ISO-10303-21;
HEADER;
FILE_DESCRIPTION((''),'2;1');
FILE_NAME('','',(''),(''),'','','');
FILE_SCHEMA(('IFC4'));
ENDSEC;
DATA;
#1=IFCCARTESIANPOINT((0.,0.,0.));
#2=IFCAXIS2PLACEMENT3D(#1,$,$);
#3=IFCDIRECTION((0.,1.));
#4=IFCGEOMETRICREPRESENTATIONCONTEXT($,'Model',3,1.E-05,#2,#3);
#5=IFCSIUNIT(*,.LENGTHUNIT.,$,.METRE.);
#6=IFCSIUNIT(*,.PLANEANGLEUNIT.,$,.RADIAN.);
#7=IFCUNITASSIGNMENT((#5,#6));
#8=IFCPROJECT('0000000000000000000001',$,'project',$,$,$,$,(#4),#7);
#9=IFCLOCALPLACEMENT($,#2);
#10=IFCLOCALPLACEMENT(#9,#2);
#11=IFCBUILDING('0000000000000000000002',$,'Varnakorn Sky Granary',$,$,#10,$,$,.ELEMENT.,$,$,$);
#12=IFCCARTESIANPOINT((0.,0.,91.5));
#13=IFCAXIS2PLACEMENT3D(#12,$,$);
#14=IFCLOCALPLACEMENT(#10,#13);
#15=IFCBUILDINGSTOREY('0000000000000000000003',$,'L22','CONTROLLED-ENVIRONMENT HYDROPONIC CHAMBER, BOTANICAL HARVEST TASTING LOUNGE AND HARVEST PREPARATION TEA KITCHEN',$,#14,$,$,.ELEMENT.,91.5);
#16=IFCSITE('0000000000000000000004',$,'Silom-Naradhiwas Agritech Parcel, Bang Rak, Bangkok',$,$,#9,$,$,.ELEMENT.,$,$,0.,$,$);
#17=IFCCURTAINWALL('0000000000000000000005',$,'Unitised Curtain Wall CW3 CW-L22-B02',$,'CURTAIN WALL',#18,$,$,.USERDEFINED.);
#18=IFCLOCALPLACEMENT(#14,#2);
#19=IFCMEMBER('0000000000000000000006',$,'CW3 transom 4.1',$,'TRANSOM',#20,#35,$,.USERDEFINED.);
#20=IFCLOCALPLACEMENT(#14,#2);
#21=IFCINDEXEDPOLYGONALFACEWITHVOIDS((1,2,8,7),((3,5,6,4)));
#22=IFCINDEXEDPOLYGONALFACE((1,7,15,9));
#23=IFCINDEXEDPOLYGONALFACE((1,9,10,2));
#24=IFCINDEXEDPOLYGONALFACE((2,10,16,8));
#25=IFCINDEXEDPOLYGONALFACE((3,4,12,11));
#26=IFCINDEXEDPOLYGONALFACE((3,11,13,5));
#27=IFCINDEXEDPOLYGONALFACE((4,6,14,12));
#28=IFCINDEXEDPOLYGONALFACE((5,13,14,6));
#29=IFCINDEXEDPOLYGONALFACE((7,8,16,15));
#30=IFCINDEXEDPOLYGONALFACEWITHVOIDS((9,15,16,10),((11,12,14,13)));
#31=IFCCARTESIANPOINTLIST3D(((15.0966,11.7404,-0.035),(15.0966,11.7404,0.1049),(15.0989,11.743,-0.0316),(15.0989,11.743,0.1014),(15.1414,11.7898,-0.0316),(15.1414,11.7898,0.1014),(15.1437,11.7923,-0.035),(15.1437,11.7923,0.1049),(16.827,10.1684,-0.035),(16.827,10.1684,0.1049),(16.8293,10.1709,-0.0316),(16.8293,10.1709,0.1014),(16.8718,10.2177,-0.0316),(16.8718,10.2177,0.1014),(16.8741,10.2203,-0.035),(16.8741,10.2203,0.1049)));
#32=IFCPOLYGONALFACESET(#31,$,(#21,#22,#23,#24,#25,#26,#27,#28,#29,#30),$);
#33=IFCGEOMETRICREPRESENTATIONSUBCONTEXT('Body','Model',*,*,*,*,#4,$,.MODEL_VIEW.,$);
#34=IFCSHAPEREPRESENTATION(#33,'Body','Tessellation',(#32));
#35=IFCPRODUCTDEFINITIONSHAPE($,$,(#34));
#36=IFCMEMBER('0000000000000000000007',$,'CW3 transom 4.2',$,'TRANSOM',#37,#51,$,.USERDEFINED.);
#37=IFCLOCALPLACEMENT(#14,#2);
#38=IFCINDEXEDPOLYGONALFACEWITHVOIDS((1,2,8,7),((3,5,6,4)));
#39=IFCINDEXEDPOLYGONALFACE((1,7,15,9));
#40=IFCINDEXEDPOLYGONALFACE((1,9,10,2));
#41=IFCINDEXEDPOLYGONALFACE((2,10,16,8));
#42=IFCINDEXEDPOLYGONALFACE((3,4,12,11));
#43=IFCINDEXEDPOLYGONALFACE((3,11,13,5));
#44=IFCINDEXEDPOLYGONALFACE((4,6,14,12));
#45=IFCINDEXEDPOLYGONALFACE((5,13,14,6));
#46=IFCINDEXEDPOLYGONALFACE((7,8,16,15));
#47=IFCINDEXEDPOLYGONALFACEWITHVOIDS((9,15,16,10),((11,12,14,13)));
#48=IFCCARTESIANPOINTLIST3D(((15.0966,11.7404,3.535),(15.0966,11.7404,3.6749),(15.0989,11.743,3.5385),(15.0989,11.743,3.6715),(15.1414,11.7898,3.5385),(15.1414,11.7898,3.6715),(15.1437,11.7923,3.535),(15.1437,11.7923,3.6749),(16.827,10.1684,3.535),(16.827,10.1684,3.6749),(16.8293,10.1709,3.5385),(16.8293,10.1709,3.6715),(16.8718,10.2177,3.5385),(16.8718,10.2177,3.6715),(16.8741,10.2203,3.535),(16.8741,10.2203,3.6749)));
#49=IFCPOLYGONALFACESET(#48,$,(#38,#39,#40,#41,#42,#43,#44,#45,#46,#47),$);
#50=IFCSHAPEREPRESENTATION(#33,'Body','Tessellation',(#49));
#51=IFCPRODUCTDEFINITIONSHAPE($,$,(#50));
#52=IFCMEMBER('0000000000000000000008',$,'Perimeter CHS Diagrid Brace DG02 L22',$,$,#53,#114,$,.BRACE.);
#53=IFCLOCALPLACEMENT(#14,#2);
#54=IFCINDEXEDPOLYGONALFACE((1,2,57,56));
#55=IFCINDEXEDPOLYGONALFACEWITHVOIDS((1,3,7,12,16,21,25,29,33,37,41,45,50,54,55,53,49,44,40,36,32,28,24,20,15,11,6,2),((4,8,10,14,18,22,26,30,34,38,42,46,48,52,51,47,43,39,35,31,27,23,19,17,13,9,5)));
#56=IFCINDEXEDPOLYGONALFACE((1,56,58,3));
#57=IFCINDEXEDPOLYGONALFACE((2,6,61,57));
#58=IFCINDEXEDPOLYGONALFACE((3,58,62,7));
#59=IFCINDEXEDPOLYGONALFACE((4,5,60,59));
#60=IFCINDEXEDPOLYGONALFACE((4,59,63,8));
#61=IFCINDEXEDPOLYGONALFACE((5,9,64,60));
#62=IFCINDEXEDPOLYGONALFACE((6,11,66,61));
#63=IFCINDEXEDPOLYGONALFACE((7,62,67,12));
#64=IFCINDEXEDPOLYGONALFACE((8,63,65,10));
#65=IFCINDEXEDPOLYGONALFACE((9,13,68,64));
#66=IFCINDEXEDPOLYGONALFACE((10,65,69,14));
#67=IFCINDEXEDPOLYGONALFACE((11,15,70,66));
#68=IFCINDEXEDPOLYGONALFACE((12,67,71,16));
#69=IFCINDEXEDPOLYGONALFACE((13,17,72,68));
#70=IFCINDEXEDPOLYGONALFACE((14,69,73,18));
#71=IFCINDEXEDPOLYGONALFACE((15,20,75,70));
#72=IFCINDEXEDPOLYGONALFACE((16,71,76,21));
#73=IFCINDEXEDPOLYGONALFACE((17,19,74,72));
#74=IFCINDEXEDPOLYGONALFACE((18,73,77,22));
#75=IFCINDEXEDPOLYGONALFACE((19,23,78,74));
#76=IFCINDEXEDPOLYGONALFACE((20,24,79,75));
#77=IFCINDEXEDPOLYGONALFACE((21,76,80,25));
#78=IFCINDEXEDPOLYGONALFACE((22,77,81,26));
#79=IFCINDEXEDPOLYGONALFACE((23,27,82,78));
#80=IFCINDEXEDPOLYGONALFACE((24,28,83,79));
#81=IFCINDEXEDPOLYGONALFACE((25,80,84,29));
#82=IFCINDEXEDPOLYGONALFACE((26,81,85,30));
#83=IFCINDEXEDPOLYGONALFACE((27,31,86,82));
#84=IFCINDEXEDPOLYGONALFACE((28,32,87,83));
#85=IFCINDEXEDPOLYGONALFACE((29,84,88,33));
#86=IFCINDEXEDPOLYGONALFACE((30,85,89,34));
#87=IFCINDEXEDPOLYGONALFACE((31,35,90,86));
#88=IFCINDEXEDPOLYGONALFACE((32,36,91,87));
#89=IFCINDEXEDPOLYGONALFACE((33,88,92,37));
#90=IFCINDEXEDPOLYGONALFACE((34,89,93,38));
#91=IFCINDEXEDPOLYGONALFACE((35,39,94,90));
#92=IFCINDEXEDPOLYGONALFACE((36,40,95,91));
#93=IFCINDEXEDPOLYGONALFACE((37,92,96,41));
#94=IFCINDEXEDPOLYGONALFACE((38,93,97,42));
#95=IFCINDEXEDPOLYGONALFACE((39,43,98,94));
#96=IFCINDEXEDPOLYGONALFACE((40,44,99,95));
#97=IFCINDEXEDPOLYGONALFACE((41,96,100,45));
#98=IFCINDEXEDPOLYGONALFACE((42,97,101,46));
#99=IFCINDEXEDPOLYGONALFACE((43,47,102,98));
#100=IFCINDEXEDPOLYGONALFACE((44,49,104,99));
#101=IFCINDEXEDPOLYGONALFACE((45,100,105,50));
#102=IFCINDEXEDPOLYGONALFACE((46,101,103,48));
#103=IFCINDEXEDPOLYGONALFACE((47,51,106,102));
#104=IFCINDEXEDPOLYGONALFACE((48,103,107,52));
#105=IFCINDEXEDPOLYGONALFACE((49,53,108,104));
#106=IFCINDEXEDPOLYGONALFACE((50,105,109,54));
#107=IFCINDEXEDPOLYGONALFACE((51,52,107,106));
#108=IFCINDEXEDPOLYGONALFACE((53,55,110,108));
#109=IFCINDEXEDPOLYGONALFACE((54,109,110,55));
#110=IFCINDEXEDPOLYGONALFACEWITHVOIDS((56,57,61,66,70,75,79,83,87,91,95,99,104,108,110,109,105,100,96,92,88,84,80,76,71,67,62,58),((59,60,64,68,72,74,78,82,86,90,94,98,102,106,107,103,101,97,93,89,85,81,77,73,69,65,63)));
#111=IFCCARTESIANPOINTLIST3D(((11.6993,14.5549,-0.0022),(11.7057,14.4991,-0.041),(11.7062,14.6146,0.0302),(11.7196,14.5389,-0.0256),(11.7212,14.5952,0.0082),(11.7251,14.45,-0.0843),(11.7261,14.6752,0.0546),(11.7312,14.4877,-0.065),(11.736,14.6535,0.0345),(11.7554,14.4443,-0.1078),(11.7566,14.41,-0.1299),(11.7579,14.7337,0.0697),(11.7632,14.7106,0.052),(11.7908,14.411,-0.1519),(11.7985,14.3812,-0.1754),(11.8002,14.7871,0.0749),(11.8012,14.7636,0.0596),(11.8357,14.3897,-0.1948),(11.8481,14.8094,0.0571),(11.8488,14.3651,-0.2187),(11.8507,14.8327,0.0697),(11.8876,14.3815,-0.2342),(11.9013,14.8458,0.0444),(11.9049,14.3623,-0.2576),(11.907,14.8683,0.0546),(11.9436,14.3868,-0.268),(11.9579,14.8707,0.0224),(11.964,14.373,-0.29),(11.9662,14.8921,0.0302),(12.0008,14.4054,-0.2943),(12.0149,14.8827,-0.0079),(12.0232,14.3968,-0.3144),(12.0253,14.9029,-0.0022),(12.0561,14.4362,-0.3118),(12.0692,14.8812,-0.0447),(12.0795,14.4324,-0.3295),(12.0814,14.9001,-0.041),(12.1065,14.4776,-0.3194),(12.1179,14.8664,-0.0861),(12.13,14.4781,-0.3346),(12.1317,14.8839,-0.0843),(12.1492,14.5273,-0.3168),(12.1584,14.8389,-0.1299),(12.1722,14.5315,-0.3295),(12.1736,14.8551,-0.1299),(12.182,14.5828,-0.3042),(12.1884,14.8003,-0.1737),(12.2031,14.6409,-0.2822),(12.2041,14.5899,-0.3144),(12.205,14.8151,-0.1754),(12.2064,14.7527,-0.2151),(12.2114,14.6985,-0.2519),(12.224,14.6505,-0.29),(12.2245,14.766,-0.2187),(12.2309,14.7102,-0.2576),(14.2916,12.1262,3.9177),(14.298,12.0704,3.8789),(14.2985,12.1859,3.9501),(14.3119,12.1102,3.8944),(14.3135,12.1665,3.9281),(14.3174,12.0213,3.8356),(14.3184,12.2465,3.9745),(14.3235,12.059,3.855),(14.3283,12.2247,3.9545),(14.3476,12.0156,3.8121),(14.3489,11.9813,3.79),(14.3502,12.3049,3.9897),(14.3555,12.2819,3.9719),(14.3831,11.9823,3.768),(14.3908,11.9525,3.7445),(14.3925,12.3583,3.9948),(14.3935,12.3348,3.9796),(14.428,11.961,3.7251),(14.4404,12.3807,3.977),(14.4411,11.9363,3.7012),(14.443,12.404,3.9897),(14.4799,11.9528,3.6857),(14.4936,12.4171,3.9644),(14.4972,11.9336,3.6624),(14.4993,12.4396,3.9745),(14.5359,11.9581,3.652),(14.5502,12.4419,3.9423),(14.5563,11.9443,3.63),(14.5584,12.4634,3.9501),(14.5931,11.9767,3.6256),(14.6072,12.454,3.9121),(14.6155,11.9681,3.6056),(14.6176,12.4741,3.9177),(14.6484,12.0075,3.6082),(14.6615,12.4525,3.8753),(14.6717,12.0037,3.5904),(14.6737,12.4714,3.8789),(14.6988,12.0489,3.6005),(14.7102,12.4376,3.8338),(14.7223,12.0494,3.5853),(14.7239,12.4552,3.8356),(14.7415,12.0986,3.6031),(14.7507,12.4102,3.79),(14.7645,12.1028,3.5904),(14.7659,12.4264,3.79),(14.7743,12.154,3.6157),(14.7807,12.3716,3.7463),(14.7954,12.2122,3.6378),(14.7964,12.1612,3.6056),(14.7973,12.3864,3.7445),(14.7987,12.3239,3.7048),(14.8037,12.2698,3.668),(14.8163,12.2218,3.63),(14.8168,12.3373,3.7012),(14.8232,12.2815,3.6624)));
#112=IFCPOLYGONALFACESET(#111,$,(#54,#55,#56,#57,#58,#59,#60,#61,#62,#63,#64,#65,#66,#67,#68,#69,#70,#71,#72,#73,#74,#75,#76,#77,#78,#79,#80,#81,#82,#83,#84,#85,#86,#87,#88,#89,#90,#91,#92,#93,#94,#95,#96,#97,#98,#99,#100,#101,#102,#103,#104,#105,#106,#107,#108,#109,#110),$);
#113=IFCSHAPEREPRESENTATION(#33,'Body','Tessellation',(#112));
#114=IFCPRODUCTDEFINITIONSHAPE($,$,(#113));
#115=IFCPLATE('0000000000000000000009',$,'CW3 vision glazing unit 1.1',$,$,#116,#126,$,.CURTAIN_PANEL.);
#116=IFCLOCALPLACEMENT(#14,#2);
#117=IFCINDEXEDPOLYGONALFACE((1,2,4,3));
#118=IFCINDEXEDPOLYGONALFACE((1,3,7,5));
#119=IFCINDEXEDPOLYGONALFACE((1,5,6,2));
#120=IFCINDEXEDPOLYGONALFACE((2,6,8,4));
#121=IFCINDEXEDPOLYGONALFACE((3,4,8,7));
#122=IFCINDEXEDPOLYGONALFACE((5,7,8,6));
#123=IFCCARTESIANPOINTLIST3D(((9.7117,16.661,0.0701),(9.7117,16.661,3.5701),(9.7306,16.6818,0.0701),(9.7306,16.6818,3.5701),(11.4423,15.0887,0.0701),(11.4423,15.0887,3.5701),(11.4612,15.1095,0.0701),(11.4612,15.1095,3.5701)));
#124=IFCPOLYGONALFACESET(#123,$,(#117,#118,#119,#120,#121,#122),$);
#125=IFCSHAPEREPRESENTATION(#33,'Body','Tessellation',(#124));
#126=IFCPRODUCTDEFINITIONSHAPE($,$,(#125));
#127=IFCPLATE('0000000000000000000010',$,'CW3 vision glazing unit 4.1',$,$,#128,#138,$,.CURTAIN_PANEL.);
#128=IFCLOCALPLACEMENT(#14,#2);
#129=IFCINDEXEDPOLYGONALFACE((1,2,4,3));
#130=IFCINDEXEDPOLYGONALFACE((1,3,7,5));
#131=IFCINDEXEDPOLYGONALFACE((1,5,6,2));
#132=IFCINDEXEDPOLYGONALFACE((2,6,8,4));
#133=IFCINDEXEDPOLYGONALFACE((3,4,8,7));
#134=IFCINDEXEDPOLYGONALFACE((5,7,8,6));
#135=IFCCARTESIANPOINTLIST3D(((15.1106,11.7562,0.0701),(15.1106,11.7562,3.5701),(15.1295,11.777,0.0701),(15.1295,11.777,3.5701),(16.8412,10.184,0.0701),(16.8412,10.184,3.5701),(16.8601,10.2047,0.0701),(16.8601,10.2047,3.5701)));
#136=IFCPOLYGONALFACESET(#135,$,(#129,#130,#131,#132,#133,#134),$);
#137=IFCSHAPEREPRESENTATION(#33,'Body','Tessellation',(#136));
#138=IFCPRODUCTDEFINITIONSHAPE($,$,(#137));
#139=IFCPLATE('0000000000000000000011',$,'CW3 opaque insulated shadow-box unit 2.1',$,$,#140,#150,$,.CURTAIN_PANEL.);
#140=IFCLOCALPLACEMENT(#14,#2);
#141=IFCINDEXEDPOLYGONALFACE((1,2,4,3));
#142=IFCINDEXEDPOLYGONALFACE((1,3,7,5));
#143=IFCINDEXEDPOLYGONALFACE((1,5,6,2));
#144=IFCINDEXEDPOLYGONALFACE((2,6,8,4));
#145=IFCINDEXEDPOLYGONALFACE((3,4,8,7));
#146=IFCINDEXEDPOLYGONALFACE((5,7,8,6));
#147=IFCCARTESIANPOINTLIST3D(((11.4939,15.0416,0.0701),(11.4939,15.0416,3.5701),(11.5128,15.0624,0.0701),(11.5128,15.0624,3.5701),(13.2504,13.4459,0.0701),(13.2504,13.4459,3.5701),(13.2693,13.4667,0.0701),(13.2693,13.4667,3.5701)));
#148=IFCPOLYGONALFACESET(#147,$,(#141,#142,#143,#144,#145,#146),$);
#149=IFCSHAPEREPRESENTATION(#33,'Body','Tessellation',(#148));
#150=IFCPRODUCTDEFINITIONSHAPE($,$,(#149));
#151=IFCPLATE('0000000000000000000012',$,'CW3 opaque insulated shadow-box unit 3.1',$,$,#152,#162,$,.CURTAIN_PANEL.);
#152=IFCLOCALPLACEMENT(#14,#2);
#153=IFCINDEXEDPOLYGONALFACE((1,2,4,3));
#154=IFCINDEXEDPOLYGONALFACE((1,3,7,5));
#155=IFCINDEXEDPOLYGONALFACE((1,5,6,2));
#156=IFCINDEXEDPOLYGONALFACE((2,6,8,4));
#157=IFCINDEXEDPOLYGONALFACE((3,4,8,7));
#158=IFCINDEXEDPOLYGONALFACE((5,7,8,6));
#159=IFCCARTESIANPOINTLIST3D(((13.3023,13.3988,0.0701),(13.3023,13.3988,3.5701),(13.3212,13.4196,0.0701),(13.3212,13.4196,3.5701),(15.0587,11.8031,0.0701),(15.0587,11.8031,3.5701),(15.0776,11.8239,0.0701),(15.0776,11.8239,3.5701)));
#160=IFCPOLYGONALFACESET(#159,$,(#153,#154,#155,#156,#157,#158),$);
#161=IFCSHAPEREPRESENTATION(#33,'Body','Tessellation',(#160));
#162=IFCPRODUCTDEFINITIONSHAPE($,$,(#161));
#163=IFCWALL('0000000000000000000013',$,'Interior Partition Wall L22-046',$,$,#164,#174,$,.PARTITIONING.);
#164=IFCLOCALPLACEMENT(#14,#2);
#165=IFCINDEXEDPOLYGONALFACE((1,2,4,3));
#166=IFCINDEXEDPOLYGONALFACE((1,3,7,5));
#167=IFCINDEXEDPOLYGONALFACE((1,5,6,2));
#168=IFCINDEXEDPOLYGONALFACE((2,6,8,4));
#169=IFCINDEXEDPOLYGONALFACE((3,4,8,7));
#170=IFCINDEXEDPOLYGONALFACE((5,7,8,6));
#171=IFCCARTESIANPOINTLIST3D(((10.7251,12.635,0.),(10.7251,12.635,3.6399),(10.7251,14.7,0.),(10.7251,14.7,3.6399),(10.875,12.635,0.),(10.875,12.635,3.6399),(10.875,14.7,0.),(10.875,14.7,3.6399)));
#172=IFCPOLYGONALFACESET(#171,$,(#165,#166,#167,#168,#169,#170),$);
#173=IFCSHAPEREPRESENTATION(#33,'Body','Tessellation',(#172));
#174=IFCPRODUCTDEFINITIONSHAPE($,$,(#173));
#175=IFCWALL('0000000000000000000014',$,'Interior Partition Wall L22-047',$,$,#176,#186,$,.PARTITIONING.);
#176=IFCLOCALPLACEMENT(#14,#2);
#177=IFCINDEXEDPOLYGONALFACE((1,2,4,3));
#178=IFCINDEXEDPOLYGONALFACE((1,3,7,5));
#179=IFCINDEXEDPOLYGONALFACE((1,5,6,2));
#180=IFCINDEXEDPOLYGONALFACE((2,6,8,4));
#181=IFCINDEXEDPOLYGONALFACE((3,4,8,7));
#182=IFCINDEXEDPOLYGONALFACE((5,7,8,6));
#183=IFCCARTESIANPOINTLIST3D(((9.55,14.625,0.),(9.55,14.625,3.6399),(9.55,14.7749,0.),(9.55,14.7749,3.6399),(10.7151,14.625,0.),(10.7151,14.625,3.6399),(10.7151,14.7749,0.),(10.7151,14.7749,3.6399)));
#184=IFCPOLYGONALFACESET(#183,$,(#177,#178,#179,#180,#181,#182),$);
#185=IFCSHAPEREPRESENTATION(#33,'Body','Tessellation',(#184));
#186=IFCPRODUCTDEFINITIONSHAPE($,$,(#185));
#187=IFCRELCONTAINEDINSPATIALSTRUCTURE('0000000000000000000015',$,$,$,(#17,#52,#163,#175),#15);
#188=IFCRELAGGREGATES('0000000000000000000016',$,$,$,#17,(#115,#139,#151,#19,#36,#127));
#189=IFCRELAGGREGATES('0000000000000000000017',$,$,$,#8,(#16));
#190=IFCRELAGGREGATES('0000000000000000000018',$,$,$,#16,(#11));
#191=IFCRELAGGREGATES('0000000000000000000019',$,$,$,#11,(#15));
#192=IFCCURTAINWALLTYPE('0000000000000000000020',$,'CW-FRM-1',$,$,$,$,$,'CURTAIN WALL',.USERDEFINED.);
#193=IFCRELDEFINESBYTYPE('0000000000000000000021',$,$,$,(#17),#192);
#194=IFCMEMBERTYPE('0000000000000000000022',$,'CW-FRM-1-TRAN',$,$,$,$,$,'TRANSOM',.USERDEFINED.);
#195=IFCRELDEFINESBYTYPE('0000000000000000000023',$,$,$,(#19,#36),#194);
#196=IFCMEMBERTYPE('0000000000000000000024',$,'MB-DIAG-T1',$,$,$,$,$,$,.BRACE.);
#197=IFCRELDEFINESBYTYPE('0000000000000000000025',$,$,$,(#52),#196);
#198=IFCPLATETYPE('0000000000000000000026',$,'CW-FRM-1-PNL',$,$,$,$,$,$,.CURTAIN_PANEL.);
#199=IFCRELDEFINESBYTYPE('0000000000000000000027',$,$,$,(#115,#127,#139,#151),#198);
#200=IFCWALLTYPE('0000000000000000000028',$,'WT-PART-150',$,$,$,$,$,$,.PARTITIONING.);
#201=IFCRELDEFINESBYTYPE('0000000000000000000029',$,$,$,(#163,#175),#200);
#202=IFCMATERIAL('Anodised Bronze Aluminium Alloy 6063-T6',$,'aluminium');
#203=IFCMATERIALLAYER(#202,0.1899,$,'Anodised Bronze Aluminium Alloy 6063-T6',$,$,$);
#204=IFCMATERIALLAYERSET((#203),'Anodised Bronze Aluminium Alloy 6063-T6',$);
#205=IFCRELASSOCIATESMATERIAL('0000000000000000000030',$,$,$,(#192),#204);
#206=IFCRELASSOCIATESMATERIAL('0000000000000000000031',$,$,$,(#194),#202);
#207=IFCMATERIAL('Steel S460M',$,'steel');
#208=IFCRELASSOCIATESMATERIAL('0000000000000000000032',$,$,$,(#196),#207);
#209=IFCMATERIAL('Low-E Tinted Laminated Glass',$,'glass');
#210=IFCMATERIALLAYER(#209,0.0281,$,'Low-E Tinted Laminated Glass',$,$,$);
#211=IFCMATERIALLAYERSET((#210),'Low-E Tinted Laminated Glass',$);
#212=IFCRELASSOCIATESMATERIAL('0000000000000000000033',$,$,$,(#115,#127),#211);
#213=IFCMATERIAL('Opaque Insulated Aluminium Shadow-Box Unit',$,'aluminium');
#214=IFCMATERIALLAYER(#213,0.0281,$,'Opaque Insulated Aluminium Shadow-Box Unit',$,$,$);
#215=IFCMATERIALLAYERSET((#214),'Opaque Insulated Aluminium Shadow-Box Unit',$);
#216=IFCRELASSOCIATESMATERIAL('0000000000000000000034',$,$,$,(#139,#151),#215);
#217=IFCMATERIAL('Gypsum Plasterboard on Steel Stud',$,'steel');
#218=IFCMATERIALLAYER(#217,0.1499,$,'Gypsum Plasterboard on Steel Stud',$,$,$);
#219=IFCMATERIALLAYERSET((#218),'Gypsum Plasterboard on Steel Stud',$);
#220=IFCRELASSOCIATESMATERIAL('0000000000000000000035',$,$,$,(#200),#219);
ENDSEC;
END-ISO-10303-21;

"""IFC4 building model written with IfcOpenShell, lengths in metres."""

from ifc_helpers import new_model, si_unit, direction, frame, frame_2d, origin, origin_2d, place, context, subcontext, project, spatial, rectangle, hollow_rectangle, hollow_circle, extrude, source, transform, mapped, material, layer, layer_set, material_profile, profile_set, type_object, type_shapes, element, aggregate, save


model = new_model("IFC4")

# Units and contexts
model_context = context("Model", 3, precision=1e-05, world=origin(), true_north=direction((0.0, 1.0)))
body_context = subcontext(model_context, "Body", "Model", "MODEL_VIEW")
ifc_project = project(units=[si_unit("LENGTHUNIT", "METRE"), si_unit("PLANEANGLEUNIT", "RADIAN")], contexts=[model_context])

# Site, building, storey
site_placement = place(None, origin())
site = spatial("IfcSite", under=ifc_project, at=site_placement, Name="Silom-Naradhiwas Agritech Parcel, Bang Rak, Bangkok", CompositionType="ELEMENT", RefElevation=0.0)
building_placement = place(site_placement, origin())
building = spatial("IfcBuilding", under=site, at=building_placement, Name="Varnakorn Sky Granary", CompositionType="ELEMENT")
storey_placement = place(building_placement, frame((0.0, 0.0, 91.5)))
storey = spatial("IfcBuildingStorey", under=building, at=storey_placement, Name="L22", Description="CONTROLLED-ENVIRONMENT HYDROPONIC CHAMBER, BOTANICAL HARVEST TASTING LOUNGE AND HARVEST PREPARATION TEA KITCHEN", CompositionType="ELEMENT", Elevation=91.5)

# Curtain wall, members
ifc_material_1 = material(Name="Anodised Bronze Aluminium Alloy 6063-T6", Category="aluminium")
ifc_layer_1 = layer(ifc_material_1, 0.1899, Name="Anodised Bronze Aluminium Alloy 6063-T6")
ifc_layer_set_1 = layer_set([ifc_layer_1], Name="Anodised Bronze Aluminium Alloy 6063-T6")
curtain_wall_type = type_object("IfcCurtainWallType", Name="CW-FRM-1", ElementType="CURTAIN WALL", PredefinedType="USERDEFINED", material=ifc_layer_set_1)
curtain_wall_placement = place(storey_placement, origin())
curtain_wall = element("IfcCurtainWall", 1, at=curtain_wall_placement, inside=storey, type_object=curtain_wall_type, Name="Unitised Curtain Wall CW3 CW-L22-B02", ObjectType="CURTAIN WALL", PredefinedType="USERDEFINED")
ifc_material_profile_1 = material_profile(ifc_material_1, hollow_rectangle(XDim=0.0701, YDim=0.1399, WallThickness=0.0034, at=origin_2d()), Name="ALU TRAN 70x140")
ifc_profile_set_1 = profile_set([ifc_material_profile_1], Name="Anodised Bronze Aluminium Alloy 6063-T6")
member_type_1 = type_object("IfcMemberType", Name="CW-FRM-1-TRAN", ElementType="TRANSOM", PredefinedType="USERDEFINED", material=ifc_profile_set_1)
member_1_placement = place(storey_placement, frame((15.1201, 11.7664, 0.0349), z_axis=(0.740181, -0.672408, 0.0), x_axis=(0.672408, 0.740181, 0.0)))
member_1 = element("IfcMember", 2, at=member_1_placement, type_object=member_type_1, Name="CW3 transom 4.1", ObjectType="TRANSOM", PredefinedType="USERDEFINED", context=body_context, shape_type="SweptSolid", body=[
    extrude(hollow_rectangle(XDim=0.0701, YDim=0.1399, WallThickness=0.0034, at=origin_2d()), origin(), (0.0, 0.0, 1.0), 2.3379),
])
member_2_placement = place(storey_placement, frame((15.1201, 11.7664, 3.605), z_axis=(0.740181, -0.672408, 0.0), x_axis=(0.672408, 0.740181, 0.0)))
member_2 = element("IfcMember", 3, at=member_2_placement, type_object=member_type_1, Name="CW3 transom 4.2", ObjectType="TRANSOM", PredefinedType="USERDEFINED", context=body_context, shape_type="SweptSolid", body=[
    extrude(hollow_rectangle(XDim=0.0701, YDim=0.1399, WallThickness=0.0034, at=origin_2d()), origin(), (0.0, 0.0, 1.0), 2.3379),
])

# Member
ifc_material_2 = material(Name="Steel S460M", Category="steel")
ifc_material_profile_2 = material_profile(ifc_material_2, hollow_circle(Radius=0.3049, WallThickness=0.0222, at=origin_2d()), Name="CHS 610x22")
ifc_profile_set_2 = profile_set([ifc_material_profile_2], Name="Steel S460M")
member_type_2 = type_object("IfcMemberType", Name="MB-DIAG-T1", PredefinedType="BRACE", material=ifc_profile_set_2)
member_3_placement = place(storey_placement, frame((11.9651, 14.6326, -0.1299), z_axis=(0.490033, -0.459111, 0.741002), x_axis=(0.683708, 0.729756, 0.0)))
element("IfcMember", 4, at=member_3_placement, inside=storey, type_object=member_type_2, Name="Perimeter CHS Diagrid Brace DG02 L22", PredefinedType="BRACE", context=body_context, shape_type="SweptSolid", body=[
    extrude(hollow_circle(Radius=0.3049, WallThickness=0.0222, at=origin_2d()), origin(), (0.0, 0.0, 1.0), 5.29),
])

# Plates
ifc_material_3 = material(Name="Low-E Tinted Laminated Glass", Category="glass")
ifc_layer_2 = layer(ifc_material_3, 0.0281, Name="Low-E Tinted Laminated Glass")
ifc_layer_set_2 = layer_set([ifc_layer_2], Name="Low-E Tinted Laminated Glass")
plate_type = type_object("IfcPlateType", Name="CW-FRM-1-PNL", PredefinedType="CURTAIN_PANEL")
shared_shape_1 = source(origin(), body_context, "Body", "SweptSolid", [
    extrude(rectangle(XDim=2.3381, YDim=0.0281, at=origin_2d()), origin(), (0.0, 0.0, 1.0), 3.5),
])
plate_1_placement = place(storey_placement, frame((10.5864, 15.8853, 0.0701), z_axis=(0.0, 0.0, 1.0), x_axis=(0.740161, -0.672429, 0.0)))
plate_1 = element("IfcPlate", 5, at=plate_1_placement, type_object=plate_type, material=ifc_layer_set_2, Name="CW3 vision glazing unit 1.1", PredefinedType="CURTAIN_PANEL", context=body_context, shape_type="MappedRepresentation", body=[
    mapped(shared_shape_1, transform((0.0, 0.0, 0.0), x_axis=(1.0, 0.0, 0.0), y_axis=(0.0, 1.0, 0.0), z_axis=(0.0, 0.0, 1.0), scale=1.0)),
])
plate_2_placement = place(storey_placement, frame((15.9854, 10.9805, 0.0701), z_axis=(0.0, 0.0, 1.0), x_axis=(0.740161, -0.672429, 0.0)))
plate_2 = element("IfcPlate", 6, at=plate_2_placement, type_object=plate_type, material=ifc_layer_set_2, Name="CW3 vision glazing unit 4.1", PredefinedType="CURTAIN_PANEL", context=body_context, shape_type="MappedRepresentation", body=[
    mapped(shared_shape_1, transform((0.0, 0.0, 0.0), x_axis=(1.0, 0.0, 0.0), y_axis=(0.0, 1.0, 0.0), z_axis=(0.0, 0.0, 1.0), scale=1.0)),
])
ifc_material_4 = material(Name="Opaque Insulated Aluminium Shadow-Box Unit", Category="aluminium")
ifc_layer_3 = layer(ifc_material_4, 0.0281, Name="Opaque Insulated Aluminium Shadow-Box Unit")
ifc_layer_set_3 = layer_set([ifc_layer_3], Name="Opaque Insulated Aluminium Shadow-Box Unit")
shared_shape_2 = source(origin(), body_context, "Body", "SweptSolid", [
    extrude(rectangle(XDim=2.373, YDim=0.0281, at=origin_2d()), origin(), (0.0, 0.0, 1.0), 3.5),
])
type_shapes(plate_type, [shared_shape_1, shared_shape_2])
plate_3_placement = place(storey_placement, frame((12.3816, 14.2542, 0.0701), z_axis=(0.0, 0.0, 1.0), x_axis=(0.740161, -0.672429, 0.0)))
plate_3 = element("IfcPlate", 7, at=plate_3_placement, type_object=plate_type, material=ifc_layer_set_3, Name="CW3 opaque insulated shadow-box unit 2.1", PredefinedType="CURTAIN_PANEL", context=body_context, shape_type="MappedRepresentation", body=[
    mapped(shared_shape_2, transform((0.0, 0.0, 0.0), x_axis=(1.0, 0.0, 0.0), y_axis=(0.0, 1.0, 0.0), z_axis=(0.0, 0.0, 1.0), scale=1.0)),
])
plate_4_placement = place(storey_placement, frame((14.1899, 12.6113, 0.0701), z_axis=(0.0, 0.0, 1.0), x_axis=(0.740161, -0.672429, 0.0)))
plate_4 = element("IfcPlate", 8, at=plate_4_placement, type_object=plate_type, material=ifc_layer_set_3, Name="CW3 opaque insulated shadow-box unit 3.1", PredefinedType="CURTAIN_PANEL", context=body_context, shape_type="MappedRepresentation", body=[
    mapped(shared_shape_2, transform((0.0, 0.0, 0.0), x_axis=(1.0, 0.0, 0.0), y_axis=(0.0, 1.0, 0.0), z_axis=(0.0, 0.0, 1.0), scale=1.0)),
])
aggregate(curtain_wall, [plate_1, plate_3, plate_4, member_1, member_2, plate_2])

# Walls
ifc_material_5 = material(Name="Gypsum Plasterboard on Steel Stud", Category="steel")
ifc_layer_4 = layer(ifc_material_5, 0.1499, Name="Gypsum Plasterboard on Steel Stud")
ifc_layer_set_4 = layer_set([ifc_layer_4], Name="Gypsum Plasterboard on Steel Stud")
wall_type = type_object("IfcWallType", Name="WT-PART-150", PredefinedType="PARTITIONING", material=ifc_layer_set_4)
wall_1_placement = place(storey_placement, frame((10.8, 12.635, 0.0), z_axis=(0.0, 0.0, 1.0), x_axis=(0.0, 1.0, 0.0)))
element("IfcWall", 9, at=wall_1_placement, inside=storey, type_object=wall_type, Name="Interior Partition Wall L22-046", PredefinedType="PARTITIONING", context=body_context, shape_type="SweptSolid", body=[
    extrude(rectangle(XDim=2.0649, YDim=0.1499, at=frame_2d((1.0325, 0.0))), origin(), (0.0, 0.0, 1.0), 3.6399),
])
wall_2_placement = place(storey_placement, frame((10.7151, 14.7, 0.0), z_axis=(0.0, 0.0, 1.0), x_axis=(-1.0, 0.0, 0.0)))
element("IfcWall", 10, at=wall_2_placement, inside=storey, type_object=wall_type, Name="Interior Partition Wall L22-047", PredefinedType="PARTITIONING", context=body_context, shape_type="SweptSolid", body=[
    extrude(rectangle(XDim=1.165, YDim=0.1499, at=frame_2d((0.5825, 0.0))), origin(), (0.0, 0.0, 1.0), 3.6399),
])

save(model, "model.ifc")
